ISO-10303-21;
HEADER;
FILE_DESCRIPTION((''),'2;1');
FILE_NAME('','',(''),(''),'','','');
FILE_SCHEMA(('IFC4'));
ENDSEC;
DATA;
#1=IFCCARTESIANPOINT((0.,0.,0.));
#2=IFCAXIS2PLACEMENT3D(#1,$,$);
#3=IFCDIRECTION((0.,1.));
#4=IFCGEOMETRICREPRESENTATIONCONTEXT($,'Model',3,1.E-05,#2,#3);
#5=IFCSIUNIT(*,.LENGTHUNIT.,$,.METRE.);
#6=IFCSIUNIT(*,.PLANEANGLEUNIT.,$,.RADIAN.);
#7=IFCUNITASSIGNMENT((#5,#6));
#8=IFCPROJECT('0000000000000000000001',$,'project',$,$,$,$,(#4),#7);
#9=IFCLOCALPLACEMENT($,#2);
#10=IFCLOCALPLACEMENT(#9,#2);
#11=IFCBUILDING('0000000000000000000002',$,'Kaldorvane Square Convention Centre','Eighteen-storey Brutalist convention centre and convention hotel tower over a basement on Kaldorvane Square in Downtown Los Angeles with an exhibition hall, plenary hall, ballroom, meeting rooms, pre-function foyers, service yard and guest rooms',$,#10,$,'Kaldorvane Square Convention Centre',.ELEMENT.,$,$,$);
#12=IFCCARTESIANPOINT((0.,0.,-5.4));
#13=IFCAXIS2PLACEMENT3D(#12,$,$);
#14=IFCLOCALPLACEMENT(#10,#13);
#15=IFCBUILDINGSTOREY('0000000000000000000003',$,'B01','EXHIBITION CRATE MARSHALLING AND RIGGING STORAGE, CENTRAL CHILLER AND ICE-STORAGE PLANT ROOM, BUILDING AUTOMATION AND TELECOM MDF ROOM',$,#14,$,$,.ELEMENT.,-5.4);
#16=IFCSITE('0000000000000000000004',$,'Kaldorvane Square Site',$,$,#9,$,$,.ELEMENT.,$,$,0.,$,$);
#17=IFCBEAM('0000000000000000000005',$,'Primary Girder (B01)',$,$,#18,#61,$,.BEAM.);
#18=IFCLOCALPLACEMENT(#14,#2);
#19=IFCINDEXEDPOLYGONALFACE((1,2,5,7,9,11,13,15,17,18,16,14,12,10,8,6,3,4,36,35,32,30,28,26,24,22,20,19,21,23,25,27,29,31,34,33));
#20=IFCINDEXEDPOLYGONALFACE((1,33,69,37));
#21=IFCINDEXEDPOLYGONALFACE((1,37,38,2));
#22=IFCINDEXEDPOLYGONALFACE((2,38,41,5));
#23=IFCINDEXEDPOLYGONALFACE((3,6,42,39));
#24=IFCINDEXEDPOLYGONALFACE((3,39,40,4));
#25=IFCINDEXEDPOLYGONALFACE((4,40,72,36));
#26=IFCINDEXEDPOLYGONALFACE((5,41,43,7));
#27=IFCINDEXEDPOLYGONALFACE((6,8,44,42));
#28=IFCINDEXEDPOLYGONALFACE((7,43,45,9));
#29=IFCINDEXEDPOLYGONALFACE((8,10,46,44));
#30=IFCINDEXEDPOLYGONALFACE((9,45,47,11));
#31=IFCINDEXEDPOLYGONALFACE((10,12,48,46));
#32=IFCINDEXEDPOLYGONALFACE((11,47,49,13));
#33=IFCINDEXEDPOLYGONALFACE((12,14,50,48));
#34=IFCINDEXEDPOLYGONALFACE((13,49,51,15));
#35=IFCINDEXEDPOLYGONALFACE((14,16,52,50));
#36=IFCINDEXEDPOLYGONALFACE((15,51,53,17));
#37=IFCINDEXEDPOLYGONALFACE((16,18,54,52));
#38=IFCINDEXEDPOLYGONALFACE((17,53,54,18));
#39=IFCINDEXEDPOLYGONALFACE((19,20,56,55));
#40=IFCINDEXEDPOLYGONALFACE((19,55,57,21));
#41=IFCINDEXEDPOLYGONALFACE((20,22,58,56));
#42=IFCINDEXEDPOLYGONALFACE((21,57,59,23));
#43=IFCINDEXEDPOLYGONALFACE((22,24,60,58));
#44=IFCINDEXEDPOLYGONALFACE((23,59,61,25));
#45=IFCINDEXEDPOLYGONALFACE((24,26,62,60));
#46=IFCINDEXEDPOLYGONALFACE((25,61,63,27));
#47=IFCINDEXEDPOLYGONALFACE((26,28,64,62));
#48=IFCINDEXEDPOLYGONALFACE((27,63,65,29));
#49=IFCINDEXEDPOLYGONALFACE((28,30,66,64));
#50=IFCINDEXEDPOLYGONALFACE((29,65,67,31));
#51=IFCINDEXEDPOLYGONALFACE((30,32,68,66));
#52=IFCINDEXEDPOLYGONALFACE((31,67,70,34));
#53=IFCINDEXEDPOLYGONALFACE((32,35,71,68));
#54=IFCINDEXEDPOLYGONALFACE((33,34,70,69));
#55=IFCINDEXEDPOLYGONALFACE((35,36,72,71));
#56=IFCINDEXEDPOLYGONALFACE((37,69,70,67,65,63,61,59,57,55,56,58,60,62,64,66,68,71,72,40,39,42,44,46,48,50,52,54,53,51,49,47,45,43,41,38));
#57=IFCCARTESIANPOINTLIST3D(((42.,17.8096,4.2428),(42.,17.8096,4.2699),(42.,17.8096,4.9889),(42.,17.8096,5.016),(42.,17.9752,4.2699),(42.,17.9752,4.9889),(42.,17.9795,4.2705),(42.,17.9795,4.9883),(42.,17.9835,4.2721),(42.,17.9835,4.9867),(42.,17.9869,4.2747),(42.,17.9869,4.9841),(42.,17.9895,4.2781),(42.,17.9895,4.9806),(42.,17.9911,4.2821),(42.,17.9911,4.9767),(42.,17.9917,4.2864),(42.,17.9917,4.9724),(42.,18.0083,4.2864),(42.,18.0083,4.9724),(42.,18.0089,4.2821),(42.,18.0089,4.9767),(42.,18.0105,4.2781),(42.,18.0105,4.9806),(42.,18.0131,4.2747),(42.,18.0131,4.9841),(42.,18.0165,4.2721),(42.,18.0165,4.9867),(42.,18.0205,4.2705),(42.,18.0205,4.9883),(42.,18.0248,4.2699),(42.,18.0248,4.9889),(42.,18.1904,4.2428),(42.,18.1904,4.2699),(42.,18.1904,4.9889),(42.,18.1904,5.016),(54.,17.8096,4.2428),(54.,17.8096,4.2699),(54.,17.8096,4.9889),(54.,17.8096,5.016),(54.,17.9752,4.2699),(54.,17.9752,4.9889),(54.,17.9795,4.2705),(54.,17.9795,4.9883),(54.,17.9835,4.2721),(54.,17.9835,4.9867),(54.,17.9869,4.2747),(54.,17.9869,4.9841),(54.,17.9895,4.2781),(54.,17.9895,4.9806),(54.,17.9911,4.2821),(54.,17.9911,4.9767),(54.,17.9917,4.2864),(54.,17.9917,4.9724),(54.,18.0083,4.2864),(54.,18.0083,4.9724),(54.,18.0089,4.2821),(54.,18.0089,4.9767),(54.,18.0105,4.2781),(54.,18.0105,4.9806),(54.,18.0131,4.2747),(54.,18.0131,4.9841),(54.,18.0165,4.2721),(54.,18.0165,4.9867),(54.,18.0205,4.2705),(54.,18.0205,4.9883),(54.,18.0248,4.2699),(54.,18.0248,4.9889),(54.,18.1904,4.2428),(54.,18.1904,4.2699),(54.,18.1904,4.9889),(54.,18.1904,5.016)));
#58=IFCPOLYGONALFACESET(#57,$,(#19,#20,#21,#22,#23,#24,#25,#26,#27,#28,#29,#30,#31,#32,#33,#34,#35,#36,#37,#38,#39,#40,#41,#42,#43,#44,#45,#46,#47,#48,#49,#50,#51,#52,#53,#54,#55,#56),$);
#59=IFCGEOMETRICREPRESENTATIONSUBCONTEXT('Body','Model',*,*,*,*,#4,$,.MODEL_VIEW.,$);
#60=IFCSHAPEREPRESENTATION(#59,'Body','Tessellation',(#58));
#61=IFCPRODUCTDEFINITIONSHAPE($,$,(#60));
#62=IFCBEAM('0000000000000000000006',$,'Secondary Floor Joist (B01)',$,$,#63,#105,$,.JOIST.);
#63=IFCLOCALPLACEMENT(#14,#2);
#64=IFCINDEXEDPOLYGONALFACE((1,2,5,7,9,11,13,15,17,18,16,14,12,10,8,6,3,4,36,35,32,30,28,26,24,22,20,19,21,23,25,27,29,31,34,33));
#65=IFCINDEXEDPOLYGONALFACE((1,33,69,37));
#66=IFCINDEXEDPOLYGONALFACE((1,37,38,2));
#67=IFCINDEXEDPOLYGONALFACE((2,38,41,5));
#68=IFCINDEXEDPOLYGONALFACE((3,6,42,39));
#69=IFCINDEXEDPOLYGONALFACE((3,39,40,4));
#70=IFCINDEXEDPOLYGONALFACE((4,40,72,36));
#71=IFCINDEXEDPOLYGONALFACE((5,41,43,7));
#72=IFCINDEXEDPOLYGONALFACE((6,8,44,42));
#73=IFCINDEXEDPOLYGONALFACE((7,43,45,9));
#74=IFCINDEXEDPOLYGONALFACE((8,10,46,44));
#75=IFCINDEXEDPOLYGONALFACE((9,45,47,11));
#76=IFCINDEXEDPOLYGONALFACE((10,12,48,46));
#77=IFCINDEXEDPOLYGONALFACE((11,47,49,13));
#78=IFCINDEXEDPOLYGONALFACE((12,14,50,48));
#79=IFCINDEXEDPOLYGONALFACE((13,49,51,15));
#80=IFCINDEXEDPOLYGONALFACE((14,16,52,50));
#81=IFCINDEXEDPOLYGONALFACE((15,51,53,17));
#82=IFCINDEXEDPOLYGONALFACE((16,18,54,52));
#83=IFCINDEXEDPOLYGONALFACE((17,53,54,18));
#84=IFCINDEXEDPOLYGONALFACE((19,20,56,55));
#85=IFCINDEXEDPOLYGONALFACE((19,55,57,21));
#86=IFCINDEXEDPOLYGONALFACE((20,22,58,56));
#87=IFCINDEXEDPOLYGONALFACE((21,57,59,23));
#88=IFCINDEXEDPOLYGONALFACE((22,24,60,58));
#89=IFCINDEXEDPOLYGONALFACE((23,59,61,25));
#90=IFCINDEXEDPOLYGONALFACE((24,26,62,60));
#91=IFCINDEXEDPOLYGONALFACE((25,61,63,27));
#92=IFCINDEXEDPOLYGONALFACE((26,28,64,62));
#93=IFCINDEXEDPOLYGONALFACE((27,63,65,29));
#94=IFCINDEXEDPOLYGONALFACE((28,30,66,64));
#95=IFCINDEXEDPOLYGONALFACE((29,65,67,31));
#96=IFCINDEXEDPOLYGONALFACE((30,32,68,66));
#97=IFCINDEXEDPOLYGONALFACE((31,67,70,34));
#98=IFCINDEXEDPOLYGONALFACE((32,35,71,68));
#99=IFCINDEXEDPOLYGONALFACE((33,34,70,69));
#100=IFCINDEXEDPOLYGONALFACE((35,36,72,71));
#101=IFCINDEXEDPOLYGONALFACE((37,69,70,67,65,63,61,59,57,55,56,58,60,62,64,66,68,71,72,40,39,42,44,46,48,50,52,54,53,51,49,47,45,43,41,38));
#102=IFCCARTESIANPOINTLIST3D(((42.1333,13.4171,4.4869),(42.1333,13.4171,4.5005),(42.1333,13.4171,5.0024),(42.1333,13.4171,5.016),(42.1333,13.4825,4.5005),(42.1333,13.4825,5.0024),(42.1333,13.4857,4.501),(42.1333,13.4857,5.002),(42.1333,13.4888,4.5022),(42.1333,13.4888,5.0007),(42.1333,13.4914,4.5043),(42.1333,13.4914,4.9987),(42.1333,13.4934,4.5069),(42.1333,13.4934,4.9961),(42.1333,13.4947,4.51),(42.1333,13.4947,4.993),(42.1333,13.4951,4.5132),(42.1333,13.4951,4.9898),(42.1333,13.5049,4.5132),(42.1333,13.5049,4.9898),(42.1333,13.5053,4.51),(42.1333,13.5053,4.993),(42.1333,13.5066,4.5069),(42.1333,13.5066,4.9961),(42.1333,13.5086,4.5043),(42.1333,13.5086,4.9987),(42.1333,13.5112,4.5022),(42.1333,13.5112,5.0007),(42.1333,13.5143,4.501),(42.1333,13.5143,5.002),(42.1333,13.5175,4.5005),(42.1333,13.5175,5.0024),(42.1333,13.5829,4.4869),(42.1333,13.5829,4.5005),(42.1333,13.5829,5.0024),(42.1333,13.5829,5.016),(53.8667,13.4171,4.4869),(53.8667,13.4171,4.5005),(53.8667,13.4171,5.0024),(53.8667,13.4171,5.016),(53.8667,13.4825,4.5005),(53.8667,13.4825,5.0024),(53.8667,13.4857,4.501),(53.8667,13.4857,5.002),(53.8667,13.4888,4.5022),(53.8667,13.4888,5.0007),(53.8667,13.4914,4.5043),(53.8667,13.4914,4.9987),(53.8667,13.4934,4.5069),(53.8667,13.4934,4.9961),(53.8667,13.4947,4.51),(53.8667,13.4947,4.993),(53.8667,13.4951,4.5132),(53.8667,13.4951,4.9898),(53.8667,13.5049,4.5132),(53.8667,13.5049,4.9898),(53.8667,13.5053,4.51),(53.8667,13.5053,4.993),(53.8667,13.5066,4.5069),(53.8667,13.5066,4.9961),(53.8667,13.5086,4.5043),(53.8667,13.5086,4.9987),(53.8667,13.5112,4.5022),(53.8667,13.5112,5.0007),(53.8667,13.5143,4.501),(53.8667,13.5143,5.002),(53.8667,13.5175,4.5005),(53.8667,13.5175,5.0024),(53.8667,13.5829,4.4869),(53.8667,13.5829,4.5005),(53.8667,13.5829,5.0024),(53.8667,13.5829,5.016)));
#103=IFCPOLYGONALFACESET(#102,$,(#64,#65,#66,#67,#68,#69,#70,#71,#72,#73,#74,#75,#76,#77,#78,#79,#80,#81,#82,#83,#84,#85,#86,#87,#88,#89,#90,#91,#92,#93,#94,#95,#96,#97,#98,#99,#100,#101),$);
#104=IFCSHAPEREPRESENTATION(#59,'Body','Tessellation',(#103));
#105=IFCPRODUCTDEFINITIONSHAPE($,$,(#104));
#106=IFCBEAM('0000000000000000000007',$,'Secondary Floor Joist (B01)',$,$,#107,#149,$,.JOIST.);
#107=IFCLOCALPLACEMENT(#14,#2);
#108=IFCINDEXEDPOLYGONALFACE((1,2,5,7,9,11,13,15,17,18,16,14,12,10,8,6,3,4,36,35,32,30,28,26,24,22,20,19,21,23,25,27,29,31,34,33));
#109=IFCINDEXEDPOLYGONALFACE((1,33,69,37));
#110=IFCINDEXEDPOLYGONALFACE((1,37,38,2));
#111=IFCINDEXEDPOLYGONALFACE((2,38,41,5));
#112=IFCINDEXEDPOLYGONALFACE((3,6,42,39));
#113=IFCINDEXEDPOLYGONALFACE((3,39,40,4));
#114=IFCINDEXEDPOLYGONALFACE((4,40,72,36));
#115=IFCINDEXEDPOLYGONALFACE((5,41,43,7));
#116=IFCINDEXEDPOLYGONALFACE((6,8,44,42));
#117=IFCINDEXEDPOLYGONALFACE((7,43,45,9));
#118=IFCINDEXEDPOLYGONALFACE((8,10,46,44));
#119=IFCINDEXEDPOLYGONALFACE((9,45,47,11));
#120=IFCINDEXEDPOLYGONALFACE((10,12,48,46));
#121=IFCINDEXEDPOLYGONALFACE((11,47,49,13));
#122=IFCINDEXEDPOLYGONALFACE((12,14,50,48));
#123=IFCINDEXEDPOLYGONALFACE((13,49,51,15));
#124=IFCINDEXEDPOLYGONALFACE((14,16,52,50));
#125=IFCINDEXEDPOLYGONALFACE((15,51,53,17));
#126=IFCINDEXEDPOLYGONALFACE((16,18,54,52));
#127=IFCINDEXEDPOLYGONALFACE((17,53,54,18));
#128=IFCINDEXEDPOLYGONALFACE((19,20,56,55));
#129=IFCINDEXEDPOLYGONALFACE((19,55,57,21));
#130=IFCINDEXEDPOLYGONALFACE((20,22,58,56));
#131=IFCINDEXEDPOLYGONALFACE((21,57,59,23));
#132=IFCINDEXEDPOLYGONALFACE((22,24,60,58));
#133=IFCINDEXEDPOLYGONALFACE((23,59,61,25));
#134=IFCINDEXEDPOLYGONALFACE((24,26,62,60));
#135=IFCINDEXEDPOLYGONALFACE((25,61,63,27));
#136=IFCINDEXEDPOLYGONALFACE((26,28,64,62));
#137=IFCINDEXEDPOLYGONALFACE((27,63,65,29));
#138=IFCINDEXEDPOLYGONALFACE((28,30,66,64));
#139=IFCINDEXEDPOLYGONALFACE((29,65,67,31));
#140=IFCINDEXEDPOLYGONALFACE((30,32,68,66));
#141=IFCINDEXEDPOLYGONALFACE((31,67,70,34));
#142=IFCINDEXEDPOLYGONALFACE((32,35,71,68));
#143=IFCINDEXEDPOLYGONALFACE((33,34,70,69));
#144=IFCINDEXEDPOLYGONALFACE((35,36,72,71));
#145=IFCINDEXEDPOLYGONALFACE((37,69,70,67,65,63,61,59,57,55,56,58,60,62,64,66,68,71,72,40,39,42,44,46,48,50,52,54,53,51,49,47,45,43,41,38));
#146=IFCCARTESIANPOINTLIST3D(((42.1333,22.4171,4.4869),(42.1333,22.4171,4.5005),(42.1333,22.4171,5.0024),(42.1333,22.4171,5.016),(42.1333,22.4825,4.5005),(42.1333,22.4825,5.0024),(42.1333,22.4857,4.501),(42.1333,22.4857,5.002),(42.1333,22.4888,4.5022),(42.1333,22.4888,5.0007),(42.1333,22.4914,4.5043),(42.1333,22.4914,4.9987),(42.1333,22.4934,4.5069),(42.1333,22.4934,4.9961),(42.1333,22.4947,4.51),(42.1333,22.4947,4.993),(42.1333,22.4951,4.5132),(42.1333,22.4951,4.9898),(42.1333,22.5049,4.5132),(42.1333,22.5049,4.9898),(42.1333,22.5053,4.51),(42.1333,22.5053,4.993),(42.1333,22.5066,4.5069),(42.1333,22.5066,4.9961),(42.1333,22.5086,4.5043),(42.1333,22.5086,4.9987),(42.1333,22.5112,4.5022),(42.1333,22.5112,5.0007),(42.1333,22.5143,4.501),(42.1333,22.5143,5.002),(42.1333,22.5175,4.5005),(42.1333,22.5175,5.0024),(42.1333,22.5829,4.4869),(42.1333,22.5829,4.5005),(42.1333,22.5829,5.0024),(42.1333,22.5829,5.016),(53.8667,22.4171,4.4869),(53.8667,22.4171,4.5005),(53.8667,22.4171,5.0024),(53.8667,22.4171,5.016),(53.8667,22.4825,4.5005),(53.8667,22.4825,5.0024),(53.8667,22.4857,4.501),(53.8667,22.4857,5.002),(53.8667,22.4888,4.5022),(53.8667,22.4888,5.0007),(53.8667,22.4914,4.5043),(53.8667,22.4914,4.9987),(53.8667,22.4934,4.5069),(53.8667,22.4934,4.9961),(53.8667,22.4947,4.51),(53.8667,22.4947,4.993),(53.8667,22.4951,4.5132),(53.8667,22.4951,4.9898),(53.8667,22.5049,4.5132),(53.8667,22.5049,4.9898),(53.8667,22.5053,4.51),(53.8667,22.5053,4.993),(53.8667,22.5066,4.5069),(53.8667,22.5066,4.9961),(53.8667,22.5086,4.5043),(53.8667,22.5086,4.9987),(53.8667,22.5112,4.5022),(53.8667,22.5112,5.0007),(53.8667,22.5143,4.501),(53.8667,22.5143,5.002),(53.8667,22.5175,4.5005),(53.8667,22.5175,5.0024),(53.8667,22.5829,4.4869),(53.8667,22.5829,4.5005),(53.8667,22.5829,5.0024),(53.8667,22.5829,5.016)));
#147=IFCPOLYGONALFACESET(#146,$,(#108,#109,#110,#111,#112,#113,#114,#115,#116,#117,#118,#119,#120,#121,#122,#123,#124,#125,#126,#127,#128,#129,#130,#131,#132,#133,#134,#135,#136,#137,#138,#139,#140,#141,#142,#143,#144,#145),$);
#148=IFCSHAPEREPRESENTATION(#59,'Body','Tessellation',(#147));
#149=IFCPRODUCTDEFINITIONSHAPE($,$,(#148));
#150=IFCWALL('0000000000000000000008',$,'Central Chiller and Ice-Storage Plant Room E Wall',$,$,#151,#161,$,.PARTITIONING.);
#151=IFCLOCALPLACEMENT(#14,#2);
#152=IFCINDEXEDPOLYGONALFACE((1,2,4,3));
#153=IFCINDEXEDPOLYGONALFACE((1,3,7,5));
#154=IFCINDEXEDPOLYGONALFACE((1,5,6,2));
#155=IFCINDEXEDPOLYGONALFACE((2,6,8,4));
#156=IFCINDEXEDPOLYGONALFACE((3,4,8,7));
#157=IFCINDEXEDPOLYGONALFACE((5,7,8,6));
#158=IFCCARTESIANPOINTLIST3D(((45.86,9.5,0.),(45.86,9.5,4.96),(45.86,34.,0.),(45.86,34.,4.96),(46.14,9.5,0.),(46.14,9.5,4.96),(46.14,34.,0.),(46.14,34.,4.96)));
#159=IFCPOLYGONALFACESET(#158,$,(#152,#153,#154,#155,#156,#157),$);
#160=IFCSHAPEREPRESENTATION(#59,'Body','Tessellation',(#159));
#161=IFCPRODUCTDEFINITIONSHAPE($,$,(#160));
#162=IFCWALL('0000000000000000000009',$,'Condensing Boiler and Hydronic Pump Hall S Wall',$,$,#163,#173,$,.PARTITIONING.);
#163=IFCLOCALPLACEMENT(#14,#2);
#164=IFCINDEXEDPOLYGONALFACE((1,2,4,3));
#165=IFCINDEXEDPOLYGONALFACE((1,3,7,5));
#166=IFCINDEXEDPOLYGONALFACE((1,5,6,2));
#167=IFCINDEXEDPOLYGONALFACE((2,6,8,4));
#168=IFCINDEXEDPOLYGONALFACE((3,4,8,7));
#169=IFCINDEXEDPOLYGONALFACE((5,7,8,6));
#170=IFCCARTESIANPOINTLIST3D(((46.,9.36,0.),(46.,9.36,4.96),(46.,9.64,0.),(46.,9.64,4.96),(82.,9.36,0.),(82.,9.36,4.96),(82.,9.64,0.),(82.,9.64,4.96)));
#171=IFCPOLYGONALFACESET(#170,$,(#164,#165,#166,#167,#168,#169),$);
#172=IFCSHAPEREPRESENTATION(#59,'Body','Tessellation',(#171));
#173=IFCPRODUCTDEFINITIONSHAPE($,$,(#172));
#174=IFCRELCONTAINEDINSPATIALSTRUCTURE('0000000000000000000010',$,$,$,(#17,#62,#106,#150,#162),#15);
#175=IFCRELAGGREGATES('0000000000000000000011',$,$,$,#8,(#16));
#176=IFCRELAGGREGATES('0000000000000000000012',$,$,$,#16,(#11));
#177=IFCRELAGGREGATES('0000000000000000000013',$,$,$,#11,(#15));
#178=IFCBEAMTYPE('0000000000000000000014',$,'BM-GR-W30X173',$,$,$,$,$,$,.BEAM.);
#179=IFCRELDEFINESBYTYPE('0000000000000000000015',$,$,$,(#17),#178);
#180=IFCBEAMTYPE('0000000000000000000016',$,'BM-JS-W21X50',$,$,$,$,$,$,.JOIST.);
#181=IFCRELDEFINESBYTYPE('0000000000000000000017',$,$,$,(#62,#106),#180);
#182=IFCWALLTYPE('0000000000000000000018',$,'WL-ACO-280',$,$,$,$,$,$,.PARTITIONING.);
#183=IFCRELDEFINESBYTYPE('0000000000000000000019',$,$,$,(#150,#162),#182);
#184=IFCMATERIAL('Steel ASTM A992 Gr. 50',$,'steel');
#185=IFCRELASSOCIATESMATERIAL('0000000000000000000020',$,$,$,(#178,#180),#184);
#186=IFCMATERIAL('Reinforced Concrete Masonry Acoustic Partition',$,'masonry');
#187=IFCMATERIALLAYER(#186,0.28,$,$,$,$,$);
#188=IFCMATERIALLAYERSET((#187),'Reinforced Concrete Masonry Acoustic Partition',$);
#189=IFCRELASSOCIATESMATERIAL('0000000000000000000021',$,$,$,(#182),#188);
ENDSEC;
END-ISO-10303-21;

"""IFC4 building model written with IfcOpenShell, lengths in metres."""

from ifc_helpers import new_model, si_unit, direction, frame, frame_2d, origin, origin_2d, place, context, subcontext, project, spatial, rectangle, i_section, extrude, material, layer, layer_set, material_profile, profile_set, type_object, element, save


model = new_model("IFC4")

# Units and contexts
model_context = context("Model", 3, precision=1e-05, world=origin(), true_north=direction((0.0, 1.0)))
body_context = subcontext(model_context, "Body", "Model", "MODEL_VIEW")
ifc_project = project(units=[si_unit("LENGTHUNIT", "METRE"), si_unit("PLANEANGLEUNIT", "RADIAN")], contexts=[model_context])

# Site, building, storey
site_placement = place(None, origin())
site = spatial("IfcSite", under=ifc_project, at=site_placement, Name="Kaldorvane Square Site", CompositionType="ELEMENT", RefElevation=0.0)
building_placement = place(site_placement, origin())
building = spatial("IfcBuilding", under=site, at=building_placement, Name="Kaldorvane Square Convention Centre", Description="Eighteen-storey Brutalist convention centre and convention hotel tower over a basement on Kaldorvane Square in Downtown Los Angeles with an exhibition hall, plenary hall, ballroom, meeting rooms, pre-function foyers, service yard and guest rooms", LongName="Kaldorvane Square Convention Centre", CompositionType="ELEMENT")
storey_placement = place(building_placement, frame((0.0, 0.0, -5.4)))
storey = spatial("IfcBuildingStorey", under=building, at=storey_placement, Name="B01", Description="EXHIBITION CRATE MARSHALLING AND RIGGING STORAGE, CENTRAL CHILLER AND ICE-STORAGE PLANT ROOM, BUILDING AUTOMATION AND TELECOM MDF ROOM", CompositionType="ELEMENT", Elevation=-5.4)

# Shared definitions
ifc_material_1 = material(Name="Steel ASTM A992 Gr. 50", Category="steel")

# Beams
ifc_material_profile_1 = material_profile(ifc_material_1, i_section(OverallWidth=0.3807, OverallDepth=0.7732, WebThickness=0.0166, FlangeThickness=0.0271, FilletRadius=0.0165, at=origin_2d()), Name="W30X173")
ifc_profile_set_1 = profile_set([ifc_material_profile_1], Name="Steel ASTM A992 Gr. 50")
beam_type_1 = type_object("IfcBeamType", Name="BM-GR-W30X173", PredefinedType="BEAM", material=ifc_profile_set_1)
for number, where, z_axis, x_axis, name in (
    (1, (42.0, 18.0, 4.6294), (1.0, 0.0, 0.0), (0.0, 1.0, 0.0), "Primary Girder (B01)"),
):
    element("IfcBeam", number, at=place(storey_placement, frame(where, z_axis=z_axis, x_axis=x_axis)), inside=storey, type_object=beam_type_1, Name=name, PredefinedType="BEAM", context=body_context, shape_type="SweptSolid", body=[
        extrude(i_section(OverallWidth=0.3807, OverallDepth=0.7732, WebThickness=0.0166, FlangeThickness=0.0271, FilletRadius=0.0165, at=origin_2d()), origin(), (0.0, 0.0, 1.0), 12.0),
    ])
ifc_material_profile_2 = material_profile(ifc_material_1, i_section(OverallWidth=0.1659, OverallDepth=0.5291, WebThickness=0.0097, FlangeThickness=0.0136, FilletRadius=0.0127, at=origin_2d()), Name="W21X50")
ifc_profile_set_2 = profile_set([ifc_material_profile_2], Name="Steel ASTM A992 Gr. 50")
beam_type_2 = type_object("IfcBeamType", Name="BM-JS-W21X50", PredefinedType="JOIST", material=ifc_profile_set_2)
for number, where, z_axis, x_axis, name in (
    (2, (42.1333, 13.5, 4.7515), (1.0, 0.0, 0.0), (0.0, 1.0, 0.0), "Secondary Floor Joist (B01)"),
    (3, (42.1333, 22.5, 4.7515), (1.0, 0.0, 0.0), (0.0, 1.0, 0.0), "Secondary Floor Joist (B01)"),
):
    element("IfcBeam", number, at=place(storey_placement, frame(where, z_axis=z_axis, x_axis=x_axis)), inside=storey, type_object=beam_type_2, Name=name, PredefinedType="JOIST", context=body_context, shape_type="SweptSolid", body=[
        extrude(i_section(OverallWidth=0.1659, OverallDepth=0.5291, WebThickness=0.0097, FlangeThickness=0.0136, FilletRadius=0.0127, at=origin_2d()), origin(), (0.0, 0.0, 1.0), 11.7334),
    ])

# Walls
ifc_material_2 = material(Name="Reinforced Concrete Masonry Acoustic Partition", Category="masonry")
ifc_layer_1 = layer(ifc_material_2, 0.28)
ifc_layer_set_1 = layer_set([ifc_layer_1], Name="Reinforced Concrete Masonry Acoustic Partition")
wall_type_1 = type_object("IfcWallType", Name="WL-ACO-280", PredefinedType="PARTITIONING", material=ifc_layer_set_1)
wall_1_placement = place(storey_placement, frame((46.0, 9.5, 0.0), z_axis=(0.0, 0.0, 1.0), x_axis=(0.0, 1.0, 0.0)))
element("IfcWall", 4, at=wall_1_placement, inside=storey, type_object=wall_type_1, Name="Central Chiller and Ice-Storage Plant Room E Wall", PredefinedType="PARTITIONING", context=body_context, shape_type="SweptSolid", body=[
    extrude(rectangle(XDim=24.5, YDim=0.28, at=frame_2d((12.25, 0.0))), origin(), (0.0, 0.0, 1.0), 4.96),
])
wall_2_placement = place(storey_placement, frame((46.0, 9.5, 0.0), z_axis=(0.0, 0.0, 1.0), x_axis=(1.0, 0.0, 0.0)))
element("IfcWall", 5, at=wall_2_placement, inside=storey, type_object=wall_type_1, Name="Condensing Boiler and Hydronic Pump Hall S Wall", PredefinedType="PARTITIONING", context=body_context, shape_type="SweptSolid", body=[
    extrude(rectangle(XDim=36.0, YDim=0.28, at=frame_2d((18.0, 0.0))), origin(), (0.0, 0.0, 1.0), 4.96),
])

save(model, "model.ifc")
